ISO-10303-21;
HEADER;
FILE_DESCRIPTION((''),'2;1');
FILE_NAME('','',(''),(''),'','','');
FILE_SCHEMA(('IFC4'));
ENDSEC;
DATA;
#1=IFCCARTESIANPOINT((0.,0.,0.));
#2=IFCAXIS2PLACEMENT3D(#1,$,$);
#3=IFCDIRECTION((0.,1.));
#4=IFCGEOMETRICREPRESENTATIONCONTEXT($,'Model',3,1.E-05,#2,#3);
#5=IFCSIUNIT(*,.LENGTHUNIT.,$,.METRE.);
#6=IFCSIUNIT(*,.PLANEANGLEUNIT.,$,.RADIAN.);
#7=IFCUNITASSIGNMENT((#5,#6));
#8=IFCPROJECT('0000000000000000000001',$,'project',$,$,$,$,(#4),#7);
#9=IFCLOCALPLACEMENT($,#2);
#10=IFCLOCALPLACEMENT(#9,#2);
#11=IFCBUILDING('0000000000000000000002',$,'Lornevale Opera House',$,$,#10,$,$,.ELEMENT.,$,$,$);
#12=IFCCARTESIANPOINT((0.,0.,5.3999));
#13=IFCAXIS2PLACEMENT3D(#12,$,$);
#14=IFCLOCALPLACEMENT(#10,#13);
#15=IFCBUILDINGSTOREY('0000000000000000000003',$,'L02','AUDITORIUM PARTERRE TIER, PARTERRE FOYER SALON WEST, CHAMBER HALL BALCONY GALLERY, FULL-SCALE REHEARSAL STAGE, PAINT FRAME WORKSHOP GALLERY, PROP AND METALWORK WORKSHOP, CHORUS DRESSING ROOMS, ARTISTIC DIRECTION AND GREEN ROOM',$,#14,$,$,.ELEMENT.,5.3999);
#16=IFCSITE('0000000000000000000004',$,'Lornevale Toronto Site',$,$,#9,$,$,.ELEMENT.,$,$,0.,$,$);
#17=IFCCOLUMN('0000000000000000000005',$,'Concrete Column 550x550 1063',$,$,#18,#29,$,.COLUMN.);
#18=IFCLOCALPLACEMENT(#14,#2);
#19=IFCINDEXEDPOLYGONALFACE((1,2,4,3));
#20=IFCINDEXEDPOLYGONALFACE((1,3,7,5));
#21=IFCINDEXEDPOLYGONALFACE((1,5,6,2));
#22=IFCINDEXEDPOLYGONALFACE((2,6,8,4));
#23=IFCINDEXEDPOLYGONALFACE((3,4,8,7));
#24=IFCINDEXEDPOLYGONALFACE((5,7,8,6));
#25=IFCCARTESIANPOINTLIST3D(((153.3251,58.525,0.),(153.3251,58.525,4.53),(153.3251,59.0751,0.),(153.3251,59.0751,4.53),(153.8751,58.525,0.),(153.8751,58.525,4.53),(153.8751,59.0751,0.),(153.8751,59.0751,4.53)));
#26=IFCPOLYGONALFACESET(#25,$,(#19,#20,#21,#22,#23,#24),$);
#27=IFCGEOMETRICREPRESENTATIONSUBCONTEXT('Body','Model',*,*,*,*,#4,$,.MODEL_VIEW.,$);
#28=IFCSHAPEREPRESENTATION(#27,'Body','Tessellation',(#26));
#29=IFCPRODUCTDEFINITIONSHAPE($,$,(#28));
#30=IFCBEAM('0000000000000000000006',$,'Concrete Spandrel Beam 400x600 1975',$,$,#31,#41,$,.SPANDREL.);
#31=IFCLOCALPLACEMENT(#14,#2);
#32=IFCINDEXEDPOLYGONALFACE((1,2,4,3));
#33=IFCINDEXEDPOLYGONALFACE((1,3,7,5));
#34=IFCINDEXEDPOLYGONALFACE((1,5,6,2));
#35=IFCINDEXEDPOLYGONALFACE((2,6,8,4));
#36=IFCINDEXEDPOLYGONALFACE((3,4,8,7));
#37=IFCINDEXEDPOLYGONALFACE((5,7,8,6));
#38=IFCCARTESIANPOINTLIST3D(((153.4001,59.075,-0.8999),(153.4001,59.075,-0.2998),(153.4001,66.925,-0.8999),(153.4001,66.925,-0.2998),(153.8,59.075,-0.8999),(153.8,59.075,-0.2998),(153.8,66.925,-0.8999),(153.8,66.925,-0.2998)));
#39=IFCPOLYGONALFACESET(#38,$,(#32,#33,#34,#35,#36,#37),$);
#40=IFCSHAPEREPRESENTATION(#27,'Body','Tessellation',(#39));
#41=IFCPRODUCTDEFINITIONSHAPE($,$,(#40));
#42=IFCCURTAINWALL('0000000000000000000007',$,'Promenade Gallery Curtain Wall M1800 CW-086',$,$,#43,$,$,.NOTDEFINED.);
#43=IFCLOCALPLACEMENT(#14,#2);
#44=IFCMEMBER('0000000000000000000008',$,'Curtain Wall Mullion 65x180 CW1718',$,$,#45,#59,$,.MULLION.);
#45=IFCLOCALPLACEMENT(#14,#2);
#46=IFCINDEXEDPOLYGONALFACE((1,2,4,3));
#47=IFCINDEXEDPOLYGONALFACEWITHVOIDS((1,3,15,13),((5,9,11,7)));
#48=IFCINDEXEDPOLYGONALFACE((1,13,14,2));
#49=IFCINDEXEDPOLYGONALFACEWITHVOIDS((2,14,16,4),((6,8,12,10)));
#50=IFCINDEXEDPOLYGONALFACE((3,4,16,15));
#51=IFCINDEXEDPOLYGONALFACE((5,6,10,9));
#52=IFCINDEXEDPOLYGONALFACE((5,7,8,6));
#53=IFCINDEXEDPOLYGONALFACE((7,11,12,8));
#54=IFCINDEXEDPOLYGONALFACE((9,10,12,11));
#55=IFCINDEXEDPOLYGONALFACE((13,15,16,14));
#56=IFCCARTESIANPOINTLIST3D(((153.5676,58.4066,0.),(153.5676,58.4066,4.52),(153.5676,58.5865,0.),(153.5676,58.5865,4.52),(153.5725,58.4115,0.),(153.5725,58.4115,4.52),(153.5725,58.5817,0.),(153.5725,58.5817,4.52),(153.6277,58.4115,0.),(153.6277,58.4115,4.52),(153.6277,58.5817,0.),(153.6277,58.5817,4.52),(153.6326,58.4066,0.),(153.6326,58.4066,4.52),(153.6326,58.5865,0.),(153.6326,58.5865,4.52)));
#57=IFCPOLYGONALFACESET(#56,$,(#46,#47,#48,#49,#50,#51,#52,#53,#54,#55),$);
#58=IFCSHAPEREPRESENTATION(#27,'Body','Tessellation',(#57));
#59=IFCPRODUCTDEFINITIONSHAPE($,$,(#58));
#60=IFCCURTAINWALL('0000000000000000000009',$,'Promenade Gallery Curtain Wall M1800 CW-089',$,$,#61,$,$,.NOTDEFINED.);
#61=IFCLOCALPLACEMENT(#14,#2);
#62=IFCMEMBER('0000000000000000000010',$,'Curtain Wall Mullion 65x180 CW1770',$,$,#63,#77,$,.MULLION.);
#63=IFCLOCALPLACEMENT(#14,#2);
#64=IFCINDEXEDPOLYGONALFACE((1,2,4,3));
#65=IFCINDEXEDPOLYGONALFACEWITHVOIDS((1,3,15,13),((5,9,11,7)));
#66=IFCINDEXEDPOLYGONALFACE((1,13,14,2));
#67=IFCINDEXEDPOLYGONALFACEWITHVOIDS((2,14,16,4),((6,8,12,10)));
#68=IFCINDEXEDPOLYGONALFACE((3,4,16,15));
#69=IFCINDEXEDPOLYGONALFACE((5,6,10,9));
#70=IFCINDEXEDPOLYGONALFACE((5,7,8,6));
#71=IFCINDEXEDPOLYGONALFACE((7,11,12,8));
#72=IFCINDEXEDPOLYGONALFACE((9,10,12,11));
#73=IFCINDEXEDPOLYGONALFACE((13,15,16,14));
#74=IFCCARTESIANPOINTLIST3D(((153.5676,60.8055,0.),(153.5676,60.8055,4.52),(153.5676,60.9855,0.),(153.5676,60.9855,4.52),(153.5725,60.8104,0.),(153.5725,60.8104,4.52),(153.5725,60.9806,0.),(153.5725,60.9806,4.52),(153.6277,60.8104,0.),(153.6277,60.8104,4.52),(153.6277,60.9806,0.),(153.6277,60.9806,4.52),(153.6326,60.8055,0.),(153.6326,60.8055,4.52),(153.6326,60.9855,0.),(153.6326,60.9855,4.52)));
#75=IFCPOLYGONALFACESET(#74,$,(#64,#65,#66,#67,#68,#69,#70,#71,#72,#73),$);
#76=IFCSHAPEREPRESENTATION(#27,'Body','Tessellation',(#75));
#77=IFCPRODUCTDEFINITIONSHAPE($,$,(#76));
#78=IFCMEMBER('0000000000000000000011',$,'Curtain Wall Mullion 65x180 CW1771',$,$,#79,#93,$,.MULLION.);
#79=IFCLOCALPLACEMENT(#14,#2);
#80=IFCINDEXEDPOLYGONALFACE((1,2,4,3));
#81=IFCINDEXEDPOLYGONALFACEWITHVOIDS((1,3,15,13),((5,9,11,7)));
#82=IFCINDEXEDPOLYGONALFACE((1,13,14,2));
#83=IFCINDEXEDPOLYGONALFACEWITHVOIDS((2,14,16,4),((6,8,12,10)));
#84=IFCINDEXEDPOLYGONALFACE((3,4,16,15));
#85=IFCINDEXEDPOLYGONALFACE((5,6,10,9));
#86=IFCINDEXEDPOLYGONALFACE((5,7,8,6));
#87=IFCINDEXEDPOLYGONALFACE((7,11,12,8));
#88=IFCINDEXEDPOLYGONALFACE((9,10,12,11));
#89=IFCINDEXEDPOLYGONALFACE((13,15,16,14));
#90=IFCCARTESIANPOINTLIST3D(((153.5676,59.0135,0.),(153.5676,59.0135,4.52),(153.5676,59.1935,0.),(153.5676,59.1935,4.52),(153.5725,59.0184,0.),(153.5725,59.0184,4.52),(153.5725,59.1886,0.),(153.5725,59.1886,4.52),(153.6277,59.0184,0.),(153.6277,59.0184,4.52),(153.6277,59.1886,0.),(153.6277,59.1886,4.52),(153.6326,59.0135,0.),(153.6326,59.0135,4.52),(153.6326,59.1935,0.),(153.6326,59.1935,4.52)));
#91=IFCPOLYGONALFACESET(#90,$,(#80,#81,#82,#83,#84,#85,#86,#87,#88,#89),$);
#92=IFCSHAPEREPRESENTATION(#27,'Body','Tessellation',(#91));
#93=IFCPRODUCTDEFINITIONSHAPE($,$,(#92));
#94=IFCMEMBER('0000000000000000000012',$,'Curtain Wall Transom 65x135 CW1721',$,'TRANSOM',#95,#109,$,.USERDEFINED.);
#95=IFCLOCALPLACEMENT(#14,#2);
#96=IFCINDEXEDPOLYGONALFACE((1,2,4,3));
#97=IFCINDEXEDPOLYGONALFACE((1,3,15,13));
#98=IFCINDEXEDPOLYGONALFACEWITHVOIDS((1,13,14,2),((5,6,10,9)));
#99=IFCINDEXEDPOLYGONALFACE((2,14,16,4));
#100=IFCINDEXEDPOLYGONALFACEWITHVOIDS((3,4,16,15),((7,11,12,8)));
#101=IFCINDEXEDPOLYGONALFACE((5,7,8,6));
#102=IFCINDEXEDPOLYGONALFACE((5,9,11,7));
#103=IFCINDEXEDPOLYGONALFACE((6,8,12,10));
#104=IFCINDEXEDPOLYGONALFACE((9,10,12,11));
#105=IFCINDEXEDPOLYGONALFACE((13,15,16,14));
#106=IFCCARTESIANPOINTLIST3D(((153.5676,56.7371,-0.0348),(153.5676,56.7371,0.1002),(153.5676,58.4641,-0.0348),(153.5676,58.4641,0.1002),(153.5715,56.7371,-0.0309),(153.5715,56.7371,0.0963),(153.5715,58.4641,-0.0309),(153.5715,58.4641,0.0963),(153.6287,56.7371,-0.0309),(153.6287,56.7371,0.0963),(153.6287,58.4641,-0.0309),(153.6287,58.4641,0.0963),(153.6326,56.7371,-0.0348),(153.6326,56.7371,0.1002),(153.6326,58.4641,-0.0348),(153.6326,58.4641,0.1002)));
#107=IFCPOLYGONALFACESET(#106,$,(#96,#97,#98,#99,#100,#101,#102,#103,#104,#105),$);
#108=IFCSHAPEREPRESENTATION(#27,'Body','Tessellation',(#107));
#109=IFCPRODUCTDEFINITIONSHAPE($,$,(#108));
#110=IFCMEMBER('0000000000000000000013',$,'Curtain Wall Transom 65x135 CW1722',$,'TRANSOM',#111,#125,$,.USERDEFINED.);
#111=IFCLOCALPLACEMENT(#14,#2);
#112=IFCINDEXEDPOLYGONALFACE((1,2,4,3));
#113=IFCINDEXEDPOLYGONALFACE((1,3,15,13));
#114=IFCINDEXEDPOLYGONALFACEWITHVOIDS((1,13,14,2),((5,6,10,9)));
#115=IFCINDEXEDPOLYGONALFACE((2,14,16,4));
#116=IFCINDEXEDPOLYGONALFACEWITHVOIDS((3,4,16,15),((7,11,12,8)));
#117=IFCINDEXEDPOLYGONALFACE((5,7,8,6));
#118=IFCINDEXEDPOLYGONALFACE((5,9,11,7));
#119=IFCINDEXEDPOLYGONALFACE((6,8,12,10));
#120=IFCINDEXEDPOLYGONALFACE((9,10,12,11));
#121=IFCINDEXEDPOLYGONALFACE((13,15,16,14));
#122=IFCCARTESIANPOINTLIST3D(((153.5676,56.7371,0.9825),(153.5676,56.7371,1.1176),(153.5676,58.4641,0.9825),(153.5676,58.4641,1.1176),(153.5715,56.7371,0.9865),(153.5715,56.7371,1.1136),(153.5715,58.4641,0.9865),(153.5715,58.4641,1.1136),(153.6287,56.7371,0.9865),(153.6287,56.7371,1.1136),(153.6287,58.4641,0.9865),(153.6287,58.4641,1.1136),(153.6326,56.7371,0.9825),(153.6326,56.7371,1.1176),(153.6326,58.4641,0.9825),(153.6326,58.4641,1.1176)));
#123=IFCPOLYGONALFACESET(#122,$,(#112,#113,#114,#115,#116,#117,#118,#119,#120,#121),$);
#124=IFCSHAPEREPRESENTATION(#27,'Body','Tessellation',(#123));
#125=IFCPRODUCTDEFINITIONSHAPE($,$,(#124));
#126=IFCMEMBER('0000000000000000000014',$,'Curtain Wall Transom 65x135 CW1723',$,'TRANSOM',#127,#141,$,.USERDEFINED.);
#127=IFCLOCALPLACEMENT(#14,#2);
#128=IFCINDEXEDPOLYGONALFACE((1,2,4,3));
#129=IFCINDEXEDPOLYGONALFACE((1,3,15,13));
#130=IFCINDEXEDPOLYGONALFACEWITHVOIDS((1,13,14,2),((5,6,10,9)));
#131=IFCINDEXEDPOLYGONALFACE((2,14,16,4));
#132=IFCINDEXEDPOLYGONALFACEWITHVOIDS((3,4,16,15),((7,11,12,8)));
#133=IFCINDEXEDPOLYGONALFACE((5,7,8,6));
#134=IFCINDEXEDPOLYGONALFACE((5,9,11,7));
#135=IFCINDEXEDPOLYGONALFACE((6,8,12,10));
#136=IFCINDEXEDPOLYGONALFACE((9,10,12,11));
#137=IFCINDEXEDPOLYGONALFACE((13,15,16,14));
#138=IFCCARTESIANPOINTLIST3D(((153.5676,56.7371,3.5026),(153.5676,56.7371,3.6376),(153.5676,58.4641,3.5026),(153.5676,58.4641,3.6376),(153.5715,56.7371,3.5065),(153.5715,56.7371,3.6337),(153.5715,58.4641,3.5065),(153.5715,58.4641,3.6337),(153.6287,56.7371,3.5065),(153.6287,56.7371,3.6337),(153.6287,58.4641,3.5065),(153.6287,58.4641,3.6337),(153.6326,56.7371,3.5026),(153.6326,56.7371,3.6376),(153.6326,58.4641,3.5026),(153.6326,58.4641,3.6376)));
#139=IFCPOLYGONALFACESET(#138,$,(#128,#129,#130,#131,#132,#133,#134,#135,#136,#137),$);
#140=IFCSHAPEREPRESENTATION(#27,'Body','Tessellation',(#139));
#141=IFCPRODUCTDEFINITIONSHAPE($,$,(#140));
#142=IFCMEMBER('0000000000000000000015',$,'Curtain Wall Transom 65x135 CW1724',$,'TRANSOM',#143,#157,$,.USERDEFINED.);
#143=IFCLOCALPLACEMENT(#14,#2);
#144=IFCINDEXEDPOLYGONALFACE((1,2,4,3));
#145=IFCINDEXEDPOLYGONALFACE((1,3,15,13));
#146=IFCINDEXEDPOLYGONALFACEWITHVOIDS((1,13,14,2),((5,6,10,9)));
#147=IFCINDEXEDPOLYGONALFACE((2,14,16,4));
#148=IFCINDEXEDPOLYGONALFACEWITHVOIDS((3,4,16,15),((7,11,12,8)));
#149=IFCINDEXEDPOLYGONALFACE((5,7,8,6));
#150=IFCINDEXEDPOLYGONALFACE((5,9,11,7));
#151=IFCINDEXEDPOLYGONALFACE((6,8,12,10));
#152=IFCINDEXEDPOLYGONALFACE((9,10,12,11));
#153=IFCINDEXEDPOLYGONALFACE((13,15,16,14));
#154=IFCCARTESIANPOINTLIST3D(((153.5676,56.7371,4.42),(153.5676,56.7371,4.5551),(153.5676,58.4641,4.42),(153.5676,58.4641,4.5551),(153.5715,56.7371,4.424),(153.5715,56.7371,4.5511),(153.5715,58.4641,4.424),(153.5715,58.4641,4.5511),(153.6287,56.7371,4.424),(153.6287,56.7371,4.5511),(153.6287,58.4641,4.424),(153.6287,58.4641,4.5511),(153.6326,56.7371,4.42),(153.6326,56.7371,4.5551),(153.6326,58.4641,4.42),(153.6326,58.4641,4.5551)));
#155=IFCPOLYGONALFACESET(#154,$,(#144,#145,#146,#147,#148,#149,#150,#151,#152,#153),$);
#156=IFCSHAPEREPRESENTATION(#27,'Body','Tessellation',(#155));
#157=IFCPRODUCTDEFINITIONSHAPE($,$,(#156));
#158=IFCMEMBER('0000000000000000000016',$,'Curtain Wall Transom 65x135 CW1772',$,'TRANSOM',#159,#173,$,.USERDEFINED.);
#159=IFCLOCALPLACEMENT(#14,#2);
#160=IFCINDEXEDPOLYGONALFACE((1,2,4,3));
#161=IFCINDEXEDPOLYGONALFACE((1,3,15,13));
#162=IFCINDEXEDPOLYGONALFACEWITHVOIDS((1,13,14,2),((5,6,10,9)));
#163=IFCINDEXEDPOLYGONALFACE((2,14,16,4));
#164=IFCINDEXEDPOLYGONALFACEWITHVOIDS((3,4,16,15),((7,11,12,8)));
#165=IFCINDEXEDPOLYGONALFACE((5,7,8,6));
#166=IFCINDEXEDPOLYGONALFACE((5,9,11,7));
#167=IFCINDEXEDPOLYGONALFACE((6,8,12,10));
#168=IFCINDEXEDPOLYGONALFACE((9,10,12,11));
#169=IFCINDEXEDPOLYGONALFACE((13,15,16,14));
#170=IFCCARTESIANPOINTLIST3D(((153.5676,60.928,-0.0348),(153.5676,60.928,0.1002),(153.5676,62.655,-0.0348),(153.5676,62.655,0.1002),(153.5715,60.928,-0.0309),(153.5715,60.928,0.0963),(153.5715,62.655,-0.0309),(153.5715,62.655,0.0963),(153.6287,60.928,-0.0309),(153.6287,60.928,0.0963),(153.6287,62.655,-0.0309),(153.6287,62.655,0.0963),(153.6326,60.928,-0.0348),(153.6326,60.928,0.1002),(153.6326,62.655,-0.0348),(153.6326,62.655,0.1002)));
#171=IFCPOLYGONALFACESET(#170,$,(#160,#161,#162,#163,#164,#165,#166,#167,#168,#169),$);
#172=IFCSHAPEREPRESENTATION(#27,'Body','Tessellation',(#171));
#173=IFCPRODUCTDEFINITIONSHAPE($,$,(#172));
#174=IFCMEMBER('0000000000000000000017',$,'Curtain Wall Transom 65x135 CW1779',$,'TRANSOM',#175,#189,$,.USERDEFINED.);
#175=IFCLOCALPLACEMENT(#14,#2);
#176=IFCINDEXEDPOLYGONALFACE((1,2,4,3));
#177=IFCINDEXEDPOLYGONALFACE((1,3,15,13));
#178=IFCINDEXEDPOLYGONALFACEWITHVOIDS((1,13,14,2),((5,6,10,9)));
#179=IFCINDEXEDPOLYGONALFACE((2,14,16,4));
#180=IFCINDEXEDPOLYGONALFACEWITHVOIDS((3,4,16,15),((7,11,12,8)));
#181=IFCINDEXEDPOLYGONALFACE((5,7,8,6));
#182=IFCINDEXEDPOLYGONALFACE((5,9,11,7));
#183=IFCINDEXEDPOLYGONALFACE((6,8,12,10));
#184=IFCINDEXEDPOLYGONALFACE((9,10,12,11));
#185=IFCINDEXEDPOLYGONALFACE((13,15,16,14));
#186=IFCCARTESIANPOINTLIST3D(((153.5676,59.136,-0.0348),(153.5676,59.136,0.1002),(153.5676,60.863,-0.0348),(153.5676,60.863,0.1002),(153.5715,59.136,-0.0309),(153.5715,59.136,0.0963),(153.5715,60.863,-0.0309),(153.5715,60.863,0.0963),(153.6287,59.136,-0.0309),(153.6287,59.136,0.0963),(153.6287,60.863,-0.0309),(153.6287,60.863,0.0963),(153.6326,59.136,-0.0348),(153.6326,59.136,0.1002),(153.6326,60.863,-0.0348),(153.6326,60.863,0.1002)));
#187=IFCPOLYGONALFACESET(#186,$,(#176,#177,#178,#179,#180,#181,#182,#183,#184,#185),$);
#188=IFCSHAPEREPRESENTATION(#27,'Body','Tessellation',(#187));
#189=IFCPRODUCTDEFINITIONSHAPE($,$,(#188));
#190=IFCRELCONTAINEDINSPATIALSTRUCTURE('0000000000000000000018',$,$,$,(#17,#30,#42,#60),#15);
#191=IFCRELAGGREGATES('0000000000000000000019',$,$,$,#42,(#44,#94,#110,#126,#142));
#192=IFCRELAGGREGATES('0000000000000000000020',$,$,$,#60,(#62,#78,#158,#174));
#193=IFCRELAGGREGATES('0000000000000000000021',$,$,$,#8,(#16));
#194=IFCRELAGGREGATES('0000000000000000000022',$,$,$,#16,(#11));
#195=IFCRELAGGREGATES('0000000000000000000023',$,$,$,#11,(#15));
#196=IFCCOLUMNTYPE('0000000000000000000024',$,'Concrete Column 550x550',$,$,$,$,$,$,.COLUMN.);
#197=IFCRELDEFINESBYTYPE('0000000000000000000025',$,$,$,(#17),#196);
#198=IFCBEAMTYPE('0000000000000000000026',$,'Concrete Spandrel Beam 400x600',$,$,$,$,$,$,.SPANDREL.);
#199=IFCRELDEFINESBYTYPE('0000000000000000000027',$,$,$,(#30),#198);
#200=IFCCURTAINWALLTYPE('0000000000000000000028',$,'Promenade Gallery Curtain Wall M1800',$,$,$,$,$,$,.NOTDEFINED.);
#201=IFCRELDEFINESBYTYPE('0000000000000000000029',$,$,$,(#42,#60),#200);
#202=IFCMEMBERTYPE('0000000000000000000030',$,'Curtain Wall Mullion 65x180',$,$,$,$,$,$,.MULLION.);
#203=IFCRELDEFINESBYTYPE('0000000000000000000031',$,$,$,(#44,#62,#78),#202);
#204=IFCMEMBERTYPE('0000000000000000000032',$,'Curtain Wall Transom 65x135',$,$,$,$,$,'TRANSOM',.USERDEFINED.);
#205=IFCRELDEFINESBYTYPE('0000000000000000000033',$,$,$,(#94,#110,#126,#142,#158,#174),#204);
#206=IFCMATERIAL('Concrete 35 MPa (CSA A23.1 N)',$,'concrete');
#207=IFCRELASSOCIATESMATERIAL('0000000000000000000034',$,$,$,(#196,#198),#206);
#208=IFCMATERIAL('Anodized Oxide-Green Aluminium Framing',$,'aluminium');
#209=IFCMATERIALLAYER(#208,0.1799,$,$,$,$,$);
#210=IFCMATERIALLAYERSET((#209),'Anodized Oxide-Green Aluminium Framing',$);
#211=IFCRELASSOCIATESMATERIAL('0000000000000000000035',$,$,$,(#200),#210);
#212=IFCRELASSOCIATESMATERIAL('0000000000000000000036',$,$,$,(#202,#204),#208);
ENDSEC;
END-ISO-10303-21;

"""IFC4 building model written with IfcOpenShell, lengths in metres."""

from ifc_helpers import new_model, si_unit, direction, frame, origin, origin_2d, place, context, subcontext, project, spatial, rectangle, hollow_rectangle, extrude, material, layer, layer_set, material_profile, profile_set, type_object, element, aggregate, save


model = new_model("IFC4")

# Units and contexts
model_context = context("Model", 3, precision=1e-05, world=origin(), true_north=direction((0.0, 1.0)))
body_context = subcontext(model_context, "Body", "Model", "MODEL_VIEW")
ifc_project = project(units=[si_unit("LENGTHUNIT", "METRE"), si_unit("PLANEANGLEUNIT", "RADIAN")], contexts=[model_context])

# Site, building, storey
site_placement = place(None, origin())
site = spatial("IfcSite", under=ifc_project, at=site_placement, Name="Lornevale Toronto Site", CompositionType="ELEMENT", RefElevation=0.0)
building_placement = place(site_placement, origin())
building = spatial("IfcBuilding", under=site, at=building_placement, Name="Lornevale Opera House", CompositionType="ELEMENT")
storey_placement = place(building_placement, frame((0.0, 0.0, 5.3999)))
storey = spatial("IfcBuildingStorey", under=building, at=storey_placement, Name="L02", Description="AUDITORIUM PARTERRE TIER, PARTERRE FOYER SALON WEST, CHAMBER HALL BALCONY GALLERY, FULL-SCALE REHEARSAL STAGE, PAINT FRAME WORKSHOP GALLERY, PROP AND METALWORK WORKSHOP, CHORUS DRESSING ROOMS, ARTISTIC DIRECTION AND GREEN ROOM", CompositionType="ELEMENT", Elevation=5.3999)

# Column
ifc_material_1 = material(Name="Concrete 35 MPa (CSA A23.1 N)", Category="concrete")
ifc_material_profile_1 = material_profile(ifc_material_1, rectangle(XDim=0.55, YDim=0.55, at=origin_2d()), Name="RC550x550")
ifc_profile_set_1 = profile_set([ifc_material_profile_1], Name="Concrete 35 MPa (CSA A23.1 N)")
column_type = type_object("IfcColumnType", Name="Concrete Column 550x550", PredefinedType="COLUMN", material=ifc_profile_set_1)
column_placement = place(storey_placement, frame((153.6001, 58.8, 0.0), z_axis=(0.0, 0.0, 1.0), x_axis=(1.0, 0.0, 0.0)))
element("IfcColumn", 1, at=column_placement, inside=storey, type_object=column_type, Name="Concrete Column 550x550 1063", PredefinedType="COLUMN", context=body_context, shape_type="SweptSolid", body=[
    extrude(rectangle(XDim=0.55, YDim=0.55, at=origin_2d()), origin(), (0.0, 0.0, 1.0), 4.53),
])

# Beam
ifc_material_profile_2 = material_profile(ifc_material_1, rectangle(XDim=0.3999, YDim=0.6001, at=origin_2d()), Name="RC400x600")
ifc_profile_set_2 = profile_set([ifc_material_profile_2], Name="Concrete 35 MPa (CSA A23.1 N)")
beam_type = type_object("IfcBeamType", Name="Concrete Spandrel Beam 400x600", PredefinedType="SPANDREL", material=ifc_profile_set_2)
beam_placement = place(storey_placement, frame((153.6001, 59.075, -0.5999), z_axis=(0.0, 1.0, 0.0), x_axis=(-1.0, 0.0, 0.0)))
element("IfcBeam", 2, at=beam_placement, inside=storey, type_object=beam_type, Name="Concrete Spandrel Beam 400x600 1975", PredefinedType="SPANDREL", context=body_context, shape_type="SweptSolid", body=[
    extrude(rectangle(XDim=0.3999, YDim=0.6001, at=origin_2d()), origin(), (0.0, 0.0, 1.0), 7.8501),
])

# Curtain wall, member
ifc_material_2 = material(Name="Anodized Oxide-Green Aluminium Framing", Category="aluminium")
ifc_layer_1 = layer(ifc_material_2, 0.1799)
ifc_layer_set_1 = layer_set([ifc_layer_1], Name="Anodized Oxide-Green Aluminium Framing")
curtain_wall_type = type_object("IfcCurtainWallType", Name="Promenade Gallery Curtain Wall M1800", PredefinedType="NOTDEFINED", material=ifc_layer_set_1)
curtain_wall_1_placement = place(storey_placement, origin())
curtain_wall_1 = element("IfcCurtainWall", 3, at=curtain_wall_1_placement, inside=storey, type_object=curtain_wall_type, Name="Promenade Gallery Curtain Wall M1800 CW-086", PredefinedType="NOTDEFINED")
ifc_material_profile_3 = material_profile(ifc_material_2, hollow_rectangle(XDim=0.0649, YDim=0.1799, WallThickness=0.0049, at=origin_2d()), Name="ALU65x180x5")
ifc_profile_set_3 = profile_set([ifc_material_profile_3], Name="Anodized Oxide-Green Aluminium Framing")
member_type_1 = type_object("IfcMemberType", Name="Curtain Wall Mullion 65x180", PredefinedType="MULLION", material=ifc_profile_set_3)
member_1_placement = place(storey_placement, frame((153.6001, 58.4966, 0.0), z_axis=(0.0, 0.0, 1.0), x_axis=(1.0, 0.0, 0.0)))
member_1 = element("IfcMember", 4, at=member_1_placement, type_object=member_type_1, Name="Curtain Wall Mullion 65x180 CW1718", PredefinedType="MULLION", context=body_context, shape_type="SweptSolid", body=[
    extrude(hollow_rectangle(XDim=0.0649, YDim=0.1799, WallThickness=0.0049, at=origin_2d()), origin(), (0.0, 0.0, 1.0), 4.52),
])

# Curtain wall, members
curtain_wall_2_placement = place(storey_placement, origin())
curtain_wall_2 = element("IfcCurtainWall", 5, at=curtain_wall_2_placement, inside=storey, type_object=curtain_wall_type, Name="Promenade Gallery Curtain Wall M1800 CW-089", PredefinedType="NOTDEFINED")
member_2_placement = place(storey_placement, frame((153.6001, 60.8955, 0.0), z_axis=(0.0, 0.0, 1.0), x_axis=(1.0, 0.0, 0.0)))
member_2 = element("IfcMember", 6, at=member_2_placement, type_object=member_type_1, Name="Curtain Wall Mullion 65x180 CW1770", PredefinedType="MULLION", context=body_context, shape_type="SweptSolid", body=[
    extrude(hollow_rectangle(XDim=0.0649, YDim=0.1799, WallThickness=0.0049, at=origin_2d()), origin(), (0.0, 0.0, 1.0), 4.52),
])
member_3_placement = place(storey_placement, frame((153.6001, 59.1035, 0.0), z_axis=(0.0, 0.0, 1.0), x_axis=(1.0, 0.0, 0.0)))
member_3 = element("IfcMember", 7, at=member_3_placement, type_object=member_type_1, Name="Curtain Wall Mullion 65x180 CW1771", PredefinedType="MULLION", context=body_context, shape_type="SweptSolid", body=[
    extrude(hollow_rectangle(XDim=0.0649, YDim=0.1799, WallThickness=0.0049, at=origin_2d()), origin(), (0.0, 0.0, 1.0), 4.52),
])

# Members
ifc_material_profile_4 = material_profile(ifc_material_2, hollow_rectangle(XDim=0.0649, YDim=0.135, WallThickness=0.0039, at=origin_2d()), Name="ALU65x135x4")
ifc_profile_set_4 = profile_set([ifc_material_profile_4], Name="Anodized Oxide-Green Aluminium Framing")
member_type_2 = type_object("IfcMemberType", Name="Curtain Wall Transom 65x135", ElementType="TRANSOM", PredefinedType="USERDEFINED", material=ifc_profile_set_4)
member_4_placement = place(storey_placement, frame((153.6001, 58.4641, 0.0327), z_axis=(0.0, -1.0, 0.0), x_axis=(1.0, 0.0, 0.0)))
member_4 = element("IfcMember", 8, at=member_4_placement, type_object=member_type_2, Name="Curtain Wall Transom 65x135 CW1721", ObjectType="TRANSOM", PredefinedType="USERDEFINED", context=body_context, shape_type="SweptSolid", body=[
    extrude(hollow_rectangle(XDim=0.0649, YDim=0.135, WallThickness=0.0039, at=origin_2d()), origin(), (0.0, 0.0, 1.0), 1.7271),
])
member_5_placement = place(storey_placement, frame((153.6001, 58.4641, 1.05), z_axis=(0.0, -1.0, 0.0), x_axis=(1.0, 0.0, 0.0)))
member_5 = element("IfcMember", 9, at=member_5_placement, type_object=member_type_2, Name="Curtain Wall Transom 65x135 CW1722", ObjectType="TRANSOM", PredefinedType="USERDEFINED", context=body_context, shape_type="SweptSolid", body=[
    extrude(hollow_rectangle(XDim=0.0649, YDim=0.135, WallThickness=0.0039, at=origin_2d()), origin(), (0.0, 0.0, 1.0), 1.7271),
])
member_6_placement = place(storey_placement, frame((153.6001, 58.4641, 3.5701), z_axis=(0.0, -1.0, 0.0), x_axis=(1.0, 0.0, 0.0)))
member_6 = element("IfcMember", 10, at=member_6_placement, type_object=member_type_2, Name="Curtain Wall Transom 65x135 CW1723", ObjectType="TRANSOM", PredefinedType="USERDEFINED", context=body_context, shape_type="SweptSolid", body=[
    extrude(hollow_rectangle(XDim=0.0649, YDim=0.135, WallThickness=0.0039, at=origin_2d()), origin(), (0.0, 0.0, 1.0), 1.7271),
])
member_7_placement = place(storey_placement, frame((153.6001, 58.4641, 4.4875), z_axis=(0.0, -1.0, 0.0), x_axis=(1.0, 0.0, 0.0)))
member_7 = element("IfcMember", 11, at=member_7_placement, type_object=member_type_2, Name="Curtain Wall Transom 65x135 CW1724", ObjectType="TRANSOM", PredefinedType="USERDEFINED", context=body_context, shape_type="SweptSolid", body=[
    extrude(hollow_rectangle(XDim=0.0649, YDim=0.135, WallThickness=0.0039, at=origin_2d()), origin(), (0.0, 0.0, 1.0), 1.7271),
])
member_8_placement = place(storey_placement, frame((153.6001, 62.655, 0.0327), z_axis=(0.0, -1.0, 0.0), x_axis=(1.0, 0.0, 0.0)))
member_8 = element("IfcMember", 12, at=member_8_placement, type_object=member_type_2, Name="Curtain Wall Transom 65x135 CW1772", ObjectType="TRANSOM", PredefinedType="USERDEFINED", context=body_context, shape_type="SweptSolid", body=[
    extrude(hollow_rectangle(XDim=0.0649, YDim=0.135, WallThickness=0.0039, at=origin_2d()), origin(), (0.0, 0.0, 1.0), 1.7271),
])
member_9_placement = place(storey_placement, frame((153.6001, 60.863, 0.0327), z_axis=(0.0, -1.0, 0.0), x_axis=(1.0, 0.0, 0.0)))
member_9 = element("IfcMember", 13, at=member_9_placement, type_object=member_type_2, Name="Curtain Wall Transom 65x135 CW1779", ObjectType="TRANSOM", PredefinedType="USERDEFINED", context=body_context, shape_type="SweptSolid", body=[
    extrude(hollow_rectangle(XDim=0.0649, YDim=0.135, WallThickness=0.0039, at=origin_2d()), origin(), (0.0, 0.0, 1.0), 1.7271),
])

aggregate(curtain_wall_1, [member_1, member_4, member_5, member_6, member_7])
aggregate(curtain_wall_2, [member_2, member_3, member_8, member_9])

save(model, "model.ifc")
